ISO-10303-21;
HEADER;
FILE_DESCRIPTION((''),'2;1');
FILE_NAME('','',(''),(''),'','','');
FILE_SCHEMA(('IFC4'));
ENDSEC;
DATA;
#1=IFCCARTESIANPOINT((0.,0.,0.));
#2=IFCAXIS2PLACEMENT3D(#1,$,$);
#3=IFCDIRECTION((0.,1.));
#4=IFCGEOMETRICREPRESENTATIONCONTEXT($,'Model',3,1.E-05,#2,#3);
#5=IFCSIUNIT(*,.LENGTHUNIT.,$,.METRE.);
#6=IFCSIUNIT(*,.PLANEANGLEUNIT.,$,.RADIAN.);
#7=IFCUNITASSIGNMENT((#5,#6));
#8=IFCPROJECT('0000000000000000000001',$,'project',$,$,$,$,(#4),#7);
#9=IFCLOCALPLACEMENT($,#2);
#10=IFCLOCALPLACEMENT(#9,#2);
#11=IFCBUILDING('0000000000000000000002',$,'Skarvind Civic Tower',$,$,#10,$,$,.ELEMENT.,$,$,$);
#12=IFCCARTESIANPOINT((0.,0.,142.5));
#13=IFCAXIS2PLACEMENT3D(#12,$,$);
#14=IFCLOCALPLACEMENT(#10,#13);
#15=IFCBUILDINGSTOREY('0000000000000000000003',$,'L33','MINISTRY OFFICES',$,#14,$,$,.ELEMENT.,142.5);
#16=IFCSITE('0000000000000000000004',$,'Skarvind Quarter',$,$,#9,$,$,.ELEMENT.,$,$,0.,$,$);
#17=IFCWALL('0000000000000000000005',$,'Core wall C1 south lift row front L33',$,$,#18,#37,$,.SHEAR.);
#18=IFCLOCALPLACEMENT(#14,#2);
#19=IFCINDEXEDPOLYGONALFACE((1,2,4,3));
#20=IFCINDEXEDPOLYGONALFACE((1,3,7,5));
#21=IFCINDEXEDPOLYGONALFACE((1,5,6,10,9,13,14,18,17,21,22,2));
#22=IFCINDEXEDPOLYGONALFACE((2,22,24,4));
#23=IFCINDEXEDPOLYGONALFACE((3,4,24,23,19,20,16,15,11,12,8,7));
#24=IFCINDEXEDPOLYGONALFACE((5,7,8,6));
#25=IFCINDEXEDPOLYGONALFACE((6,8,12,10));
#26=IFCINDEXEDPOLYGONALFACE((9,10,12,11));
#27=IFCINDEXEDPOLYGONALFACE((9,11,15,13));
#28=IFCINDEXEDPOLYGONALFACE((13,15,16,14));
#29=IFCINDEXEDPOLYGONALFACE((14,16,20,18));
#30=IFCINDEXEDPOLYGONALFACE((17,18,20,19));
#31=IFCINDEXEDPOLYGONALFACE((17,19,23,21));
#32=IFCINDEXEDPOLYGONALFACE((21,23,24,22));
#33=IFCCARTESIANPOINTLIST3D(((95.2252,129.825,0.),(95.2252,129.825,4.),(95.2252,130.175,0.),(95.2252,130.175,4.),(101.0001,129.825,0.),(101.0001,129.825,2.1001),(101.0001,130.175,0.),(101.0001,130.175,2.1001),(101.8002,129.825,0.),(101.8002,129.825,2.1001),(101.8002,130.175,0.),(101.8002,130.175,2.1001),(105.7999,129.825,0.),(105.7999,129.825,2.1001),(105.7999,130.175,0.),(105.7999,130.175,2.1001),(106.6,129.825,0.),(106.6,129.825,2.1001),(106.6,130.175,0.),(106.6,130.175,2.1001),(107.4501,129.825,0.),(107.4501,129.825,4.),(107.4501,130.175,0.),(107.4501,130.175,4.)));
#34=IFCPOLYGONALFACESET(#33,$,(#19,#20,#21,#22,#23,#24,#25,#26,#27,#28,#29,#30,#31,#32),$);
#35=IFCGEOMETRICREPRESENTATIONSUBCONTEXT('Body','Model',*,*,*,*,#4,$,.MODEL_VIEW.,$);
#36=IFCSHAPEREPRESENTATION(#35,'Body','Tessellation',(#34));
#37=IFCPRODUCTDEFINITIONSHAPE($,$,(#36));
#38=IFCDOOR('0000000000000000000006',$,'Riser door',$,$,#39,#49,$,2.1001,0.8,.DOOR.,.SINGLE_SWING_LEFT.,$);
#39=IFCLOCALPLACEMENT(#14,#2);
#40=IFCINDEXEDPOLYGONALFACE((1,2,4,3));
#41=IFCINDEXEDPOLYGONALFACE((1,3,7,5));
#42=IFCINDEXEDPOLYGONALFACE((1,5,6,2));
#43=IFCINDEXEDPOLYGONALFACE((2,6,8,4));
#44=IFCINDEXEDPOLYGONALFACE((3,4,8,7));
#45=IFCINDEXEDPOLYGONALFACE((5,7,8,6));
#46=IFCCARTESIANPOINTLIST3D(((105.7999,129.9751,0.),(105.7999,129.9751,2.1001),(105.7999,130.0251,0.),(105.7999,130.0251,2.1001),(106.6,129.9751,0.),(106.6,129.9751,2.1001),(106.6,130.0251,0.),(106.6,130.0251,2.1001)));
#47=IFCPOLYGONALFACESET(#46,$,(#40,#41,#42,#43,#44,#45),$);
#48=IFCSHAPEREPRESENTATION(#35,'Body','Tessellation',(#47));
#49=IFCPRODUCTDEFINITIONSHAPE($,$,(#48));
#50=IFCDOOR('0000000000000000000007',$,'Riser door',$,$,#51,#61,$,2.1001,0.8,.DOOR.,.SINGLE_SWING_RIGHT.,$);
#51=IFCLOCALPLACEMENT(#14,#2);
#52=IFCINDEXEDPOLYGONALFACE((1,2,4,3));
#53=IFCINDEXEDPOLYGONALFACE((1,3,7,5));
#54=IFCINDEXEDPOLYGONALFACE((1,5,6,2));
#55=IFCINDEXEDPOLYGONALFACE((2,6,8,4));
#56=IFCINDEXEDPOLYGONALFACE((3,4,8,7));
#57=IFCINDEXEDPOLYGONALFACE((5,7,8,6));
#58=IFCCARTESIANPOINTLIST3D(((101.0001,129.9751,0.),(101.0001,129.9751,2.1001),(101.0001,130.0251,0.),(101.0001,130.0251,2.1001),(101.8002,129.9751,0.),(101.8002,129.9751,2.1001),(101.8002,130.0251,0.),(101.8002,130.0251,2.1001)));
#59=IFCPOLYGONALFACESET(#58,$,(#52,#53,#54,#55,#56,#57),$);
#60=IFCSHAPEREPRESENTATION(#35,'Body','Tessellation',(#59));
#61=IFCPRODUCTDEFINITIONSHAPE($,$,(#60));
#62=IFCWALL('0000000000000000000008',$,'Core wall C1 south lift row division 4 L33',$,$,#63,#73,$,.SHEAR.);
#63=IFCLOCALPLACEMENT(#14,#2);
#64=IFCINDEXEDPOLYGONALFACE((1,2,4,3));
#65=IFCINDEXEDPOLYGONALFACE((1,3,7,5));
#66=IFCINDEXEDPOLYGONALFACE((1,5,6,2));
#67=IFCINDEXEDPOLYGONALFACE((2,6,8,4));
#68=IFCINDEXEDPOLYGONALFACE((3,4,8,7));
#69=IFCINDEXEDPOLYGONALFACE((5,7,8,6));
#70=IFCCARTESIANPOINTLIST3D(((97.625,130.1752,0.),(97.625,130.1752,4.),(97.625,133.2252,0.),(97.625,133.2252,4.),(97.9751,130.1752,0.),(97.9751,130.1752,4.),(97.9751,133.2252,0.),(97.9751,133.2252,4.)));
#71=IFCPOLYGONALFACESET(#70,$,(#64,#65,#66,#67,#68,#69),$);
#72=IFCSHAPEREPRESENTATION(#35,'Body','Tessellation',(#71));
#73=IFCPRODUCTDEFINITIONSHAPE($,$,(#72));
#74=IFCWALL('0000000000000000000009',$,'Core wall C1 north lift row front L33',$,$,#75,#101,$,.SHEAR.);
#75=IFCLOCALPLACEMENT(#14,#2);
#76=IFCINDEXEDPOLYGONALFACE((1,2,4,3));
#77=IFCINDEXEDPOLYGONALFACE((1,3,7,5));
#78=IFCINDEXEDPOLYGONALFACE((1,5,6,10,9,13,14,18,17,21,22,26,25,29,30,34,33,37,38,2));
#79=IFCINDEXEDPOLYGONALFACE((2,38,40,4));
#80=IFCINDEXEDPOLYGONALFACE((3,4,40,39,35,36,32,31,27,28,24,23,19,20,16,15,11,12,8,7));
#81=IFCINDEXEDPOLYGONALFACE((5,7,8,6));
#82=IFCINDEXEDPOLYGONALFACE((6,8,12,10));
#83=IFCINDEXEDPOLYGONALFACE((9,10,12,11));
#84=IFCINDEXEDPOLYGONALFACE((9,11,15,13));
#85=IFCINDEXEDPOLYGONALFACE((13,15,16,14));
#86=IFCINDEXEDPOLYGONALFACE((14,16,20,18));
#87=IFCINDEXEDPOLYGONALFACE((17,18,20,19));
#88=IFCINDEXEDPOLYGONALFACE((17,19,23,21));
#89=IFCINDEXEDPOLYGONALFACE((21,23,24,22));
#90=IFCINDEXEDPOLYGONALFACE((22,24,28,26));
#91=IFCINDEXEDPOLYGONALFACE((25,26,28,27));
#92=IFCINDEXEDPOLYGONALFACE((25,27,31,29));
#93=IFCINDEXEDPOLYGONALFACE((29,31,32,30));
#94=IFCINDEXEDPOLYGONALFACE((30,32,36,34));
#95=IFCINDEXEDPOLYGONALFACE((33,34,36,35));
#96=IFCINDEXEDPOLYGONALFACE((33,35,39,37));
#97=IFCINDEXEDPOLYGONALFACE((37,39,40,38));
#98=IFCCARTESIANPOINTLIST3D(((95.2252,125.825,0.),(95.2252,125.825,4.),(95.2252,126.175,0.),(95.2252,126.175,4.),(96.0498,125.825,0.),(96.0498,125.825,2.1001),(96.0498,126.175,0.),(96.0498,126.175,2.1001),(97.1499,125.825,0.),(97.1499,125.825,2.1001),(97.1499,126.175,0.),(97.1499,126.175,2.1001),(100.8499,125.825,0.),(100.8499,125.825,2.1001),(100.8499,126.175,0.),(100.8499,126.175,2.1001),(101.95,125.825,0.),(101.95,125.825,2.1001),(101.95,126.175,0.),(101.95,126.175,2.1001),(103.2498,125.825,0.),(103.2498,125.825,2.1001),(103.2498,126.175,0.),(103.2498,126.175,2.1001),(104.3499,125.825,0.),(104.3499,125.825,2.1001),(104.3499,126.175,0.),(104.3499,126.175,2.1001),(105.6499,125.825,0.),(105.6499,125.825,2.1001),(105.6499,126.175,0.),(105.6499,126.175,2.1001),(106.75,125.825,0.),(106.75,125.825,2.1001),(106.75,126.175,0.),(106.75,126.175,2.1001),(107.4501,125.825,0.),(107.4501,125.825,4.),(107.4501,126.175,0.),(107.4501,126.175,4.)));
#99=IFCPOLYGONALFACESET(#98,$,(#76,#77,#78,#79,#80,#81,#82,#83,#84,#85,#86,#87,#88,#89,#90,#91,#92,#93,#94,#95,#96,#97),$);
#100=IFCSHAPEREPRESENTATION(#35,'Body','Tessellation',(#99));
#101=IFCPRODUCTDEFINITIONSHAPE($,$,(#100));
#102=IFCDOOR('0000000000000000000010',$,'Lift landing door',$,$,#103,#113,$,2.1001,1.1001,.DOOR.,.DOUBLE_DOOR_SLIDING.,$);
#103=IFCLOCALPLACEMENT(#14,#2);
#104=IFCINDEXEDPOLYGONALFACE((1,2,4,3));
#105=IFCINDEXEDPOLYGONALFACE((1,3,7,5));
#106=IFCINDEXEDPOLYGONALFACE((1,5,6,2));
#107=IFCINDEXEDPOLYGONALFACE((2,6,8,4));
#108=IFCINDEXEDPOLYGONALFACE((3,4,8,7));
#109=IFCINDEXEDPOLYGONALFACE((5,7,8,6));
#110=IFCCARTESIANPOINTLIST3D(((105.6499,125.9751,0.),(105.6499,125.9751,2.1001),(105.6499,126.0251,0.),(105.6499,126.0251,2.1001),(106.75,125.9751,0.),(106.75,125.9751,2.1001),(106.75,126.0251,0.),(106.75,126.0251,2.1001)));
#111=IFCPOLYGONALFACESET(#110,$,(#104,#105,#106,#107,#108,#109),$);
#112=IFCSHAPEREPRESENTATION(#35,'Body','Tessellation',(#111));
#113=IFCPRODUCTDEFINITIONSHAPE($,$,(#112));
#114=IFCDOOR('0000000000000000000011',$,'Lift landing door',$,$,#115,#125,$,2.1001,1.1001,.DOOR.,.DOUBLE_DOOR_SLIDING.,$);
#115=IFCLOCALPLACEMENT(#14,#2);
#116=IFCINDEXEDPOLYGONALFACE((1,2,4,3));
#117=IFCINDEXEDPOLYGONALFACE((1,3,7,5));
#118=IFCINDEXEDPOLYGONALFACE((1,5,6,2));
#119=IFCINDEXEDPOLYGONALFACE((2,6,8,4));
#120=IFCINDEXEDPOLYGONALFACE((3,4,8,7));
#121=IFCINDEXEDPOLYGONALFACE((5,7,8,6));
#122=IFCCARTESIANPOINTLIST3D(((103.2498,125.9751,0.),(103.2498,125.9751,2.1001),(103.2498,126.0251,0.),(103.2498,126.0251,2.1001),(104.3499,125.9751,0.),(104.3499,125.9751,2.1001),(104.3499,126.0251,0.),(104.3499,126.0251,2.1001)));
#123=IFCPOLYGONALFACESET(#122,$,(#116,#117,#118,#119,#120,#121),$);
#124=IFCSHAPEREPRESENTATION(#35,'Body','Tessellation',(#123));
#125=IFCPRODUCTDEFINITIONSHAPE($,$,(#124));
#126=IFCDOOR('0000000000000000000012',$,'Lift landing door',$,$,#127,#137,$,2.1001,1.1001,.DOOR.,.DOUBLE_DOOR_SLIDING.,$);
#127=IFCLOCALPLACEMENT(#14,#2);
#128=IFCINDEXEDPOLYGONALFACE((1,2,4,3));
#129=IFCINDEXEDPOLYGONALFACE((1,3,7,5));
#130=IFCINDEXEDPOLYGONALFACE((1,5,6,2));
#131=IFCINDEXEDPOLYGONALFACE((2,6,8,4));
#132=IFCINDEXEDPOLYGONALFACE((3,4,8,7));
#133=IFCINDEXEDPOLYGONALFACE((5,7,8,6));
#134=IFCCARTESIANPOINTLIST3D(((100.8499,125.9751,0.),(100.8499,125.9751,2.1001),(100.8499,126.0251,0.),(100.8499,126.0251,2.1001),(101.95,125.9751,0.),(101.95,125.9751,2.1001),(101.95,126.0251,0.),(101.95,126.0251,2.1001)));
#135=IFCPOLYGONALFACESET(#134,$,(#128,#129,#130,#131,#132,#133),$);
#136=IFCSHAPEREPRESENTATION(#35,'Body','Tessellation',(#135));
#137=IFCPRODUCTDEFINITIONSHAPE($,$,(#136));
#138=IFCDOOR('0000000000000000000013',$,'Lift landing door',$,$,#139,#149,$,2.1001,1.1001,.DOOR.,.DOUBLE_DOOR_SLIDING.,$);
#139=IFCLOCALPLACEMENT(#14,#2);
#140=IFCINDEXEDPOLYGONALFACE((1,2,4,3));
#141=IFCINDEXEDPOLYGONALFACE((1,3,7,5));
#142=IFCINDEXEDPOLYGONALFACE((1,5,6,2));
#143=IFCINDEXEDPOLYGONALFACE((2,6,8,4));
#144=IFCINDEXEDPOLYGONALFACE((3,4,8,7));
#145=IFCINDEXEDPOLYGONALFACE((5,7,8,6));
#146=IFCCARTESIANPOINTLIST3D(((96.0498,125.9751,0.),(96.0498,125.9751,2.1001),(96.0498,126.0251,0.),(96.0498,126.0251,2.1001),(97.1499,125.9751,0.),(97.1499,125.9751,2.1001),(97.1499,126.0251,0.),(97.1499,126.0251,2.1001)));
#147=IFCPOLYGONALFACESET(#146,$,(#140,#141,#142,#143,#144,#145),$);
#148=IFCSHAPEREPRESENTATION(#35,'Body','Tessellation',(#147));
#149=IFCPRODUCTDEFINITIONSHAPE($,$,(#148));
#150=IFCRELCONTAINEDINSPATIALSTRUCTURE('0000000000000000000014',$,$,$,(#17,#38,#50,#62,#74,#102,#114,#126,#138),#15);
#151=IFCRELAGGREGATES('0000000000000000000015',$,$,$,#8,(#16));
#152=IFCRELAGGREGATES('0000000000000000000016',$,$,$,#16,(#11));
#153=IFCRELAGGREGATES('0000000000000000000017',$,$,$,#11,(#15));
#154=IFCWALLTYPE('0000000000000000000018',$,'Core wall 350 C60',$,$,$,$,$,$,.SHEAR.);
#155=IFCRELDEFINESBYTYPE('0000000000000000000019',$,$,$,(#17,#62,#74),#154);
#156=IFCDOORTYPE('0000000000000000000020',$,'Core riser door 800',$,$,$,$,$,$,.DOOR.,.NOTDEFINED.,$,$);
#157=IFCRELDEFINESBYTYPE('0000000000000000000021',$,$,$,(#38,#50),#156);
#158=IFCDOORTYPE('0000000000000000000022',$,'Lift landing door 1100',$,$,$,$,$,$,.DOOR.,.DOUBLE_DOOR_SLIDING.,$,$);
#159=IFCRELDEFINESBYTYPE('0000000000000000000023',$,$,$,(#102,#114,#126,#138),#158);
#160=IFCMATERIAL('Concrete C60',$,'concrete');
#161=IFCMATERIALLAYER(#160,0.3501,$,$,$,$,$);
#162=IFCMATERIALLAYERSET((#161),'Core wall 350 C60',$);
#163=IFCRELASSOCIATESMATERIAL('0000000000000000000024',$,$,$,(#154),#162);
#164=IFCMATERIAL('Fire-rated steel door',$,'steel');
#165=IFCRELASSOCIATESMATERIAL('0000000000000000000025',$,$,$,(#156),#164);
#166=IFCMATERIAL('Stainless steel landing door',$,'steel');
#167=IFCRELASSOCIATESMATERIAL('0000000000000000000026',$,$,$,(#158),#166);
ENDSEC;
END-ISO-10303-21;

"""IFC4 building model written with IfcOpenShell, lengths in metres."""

from ifc_helpers import new_model, si_unit, direction, frame, frame_2d, origin, place, context, subcontext, project, spatial, rectangle, extrude, material, layer, layer_set, type_object, element, fill, save


model = new_model("IFC4")

# Units and contexts
model_context = context("Model", 3, precision=1e-05, world=origin(), true_north=direction((0.0, 1.0)))
body_context = subcontext(model_context, "Body", "Model", "MODEL_VIEW")
ifc_project = project(units=[si_unit("LENGTHUNIT", "METRE"), si_unit("PLANEANGLEUNIT", "RADIAN")], contexts=[model_context])

# Site, building, storey
site_placement = place(None, origin())
site = spatial("IfcSite", under=ifc_project, at=site_placement, Name="Skarvind Quarter", CompositionType="ELEMENT", RefElevation=0.0)
building_placement = place(site_placement, origin())
building = spatial("IfcBuilding", under=site, at=building_placement, Name="Skarvind Civic Tower", CompositionType="ELEMENT")
storey_placement = place(building_placement, frame((0.0, 0.0, 142.5)))
storey = spatial("IfcBuildingStorey", under=building, at=storey_placement, Name="L33", Description="MINISTRY OFFICES", CompositionType="ELEMENT", Elevation=142.5)

# Wall, openings, doors
ifc_material_1 = material(Name="Concrete C60", Category="concrete")
ifc_layer_1 = layer(ifc_material_1, 0.3501)
ifc_layer_set_1 = layer_set([ifc_layer_1], Name="Core wall 350 C60")
wall_type_1 = type_object("IfcWallType", Name="Core wall 350 C60", PredefinedType="SHEAR", material=ifc_layer_set_1)
wall_1_placement = place(storey_placement, frame((107.45, 130.0, 0.0), z_axis=(0.0, 0.0, 1.0), x_axis=(-1.0, 0.0, 0.0)))
wall_1 = element("IfcWall", 1, at=wall_1_placement, inside=storey, type_object=wall_type_1, Name="Core wall C1 south lift row front L33", PredefinedType="SHEAR", context=body_context, shape_type="SweptSolid", body=[
    extrude(rectangle(XDim=12.2249, YDim=0.3501, at=frame_2d((6.1123, 0.0))), origin(), (0.0, 0.0, 1.0), 4.0),
])
opening_1_placement = place(wall_1_placement, frame((0.8501, 0.0, 0.0)))
opening_1 = element("IfcOpeningElement", 2, at=opening_1_placement, cuts=wall_1, PredefinedType="OPENING", context=body_context, shape_type="SweptSolid", body=[
    extrude(rectangle(XDim=0.8, YDim=2.1001, at=frame_2d((0.3999, 1.05))), frame((0.0, 0.1851, 0.0), z_axis=(0.0, -1.0, 0.0), x_axis=(1.0, 0.0, 0.0)), (0.0, 0.0, 1.0), 0.3701),
])
opening_2_placement = place(wall_1_placement, frame((5.6499, 0.0, 0.0)))
opening_2 = element("IfcOpeningElement", 3, at=opening_2_placement, cuts=wall_1, PredefinedType="OPENING", context=body_context, shape_type="SweptSolid", body=[
    extrude(rectangle(XDim=0.8, YDim=2.1001, at=frame_2d((0.3999, 1.05))), frame((0.0, 0.1851, 0.0), z_axis=(0.0, -1.0, 0.0), x_axis=(1.0, 0.0, 0.0)), (0.0, 0.0, 1.0), 0.3701),
])
ifc_material_2 = material(Name="Fire-rated steel door", Category="steel")
door_type_1 = type_object("IfcDoorType", Name="Core riser door 800", OperationType="NOTDEFINED", PredefinedType="DOOR", material=ifc_material_2)
door_1_placement = place(opening_1_placement, origin())
door_1 = element("IfcDoor", 4, at=door_1_placement, inside=storey, type_object=door_type_1, Name="Riser door", OperationType="SINGLE_SWING_LEFT", OverallHeight=2.1001, OverallWidth=0.8, PredefinedType="DOOR", context=body_context, shape_type="SweptSolid", body=[
    extrude(rectangle(XDim=0.8, YDim=2.1001, at=frame_2d((0.3999, 1.05))), frame((0.0, 0.0249, 0.0), z_axis=(0.0, -1.0, 0.0), x_axis=(1.0, 0.0, 0.0)), (0.0, 0.0, 1.0), 0.05),
])
fill(opening_1, door_1)
door_2_placement = place(opening_2_placement, origin())
door_2 = element("IfcDoor", 5, at=door_2_placement, inside=storey, type_object=door_type_1, Name="Riser door", OperationType="SINGLE_SWING_RIGHT", OverallHeight=2.1001, OverallWidth=0.8, PredefinedType="DOOR", context=body_context, shape_type="SweptSolid", body=[
    extrude(rectangle(XDim=0.8, YDim=2.1001, at=frame_2d((0.3999, 1.05))), frame((0.0, 0.0249, 0.0), z_axis=(0.0, -1.0, 0.0), x_axis=(1.0, 0.0, 0.0)), (0.0, 0.0, 1.0), 0.05),
])
fill(opening_2, door_2)

# Wall
wall_2_placement = place(storey_placement, frame((97.8, 133.2251, 0.0), z_axis=(0.0, 0.0, 1.0), x_axis=(0.0, -1.0, 0.0)))
element("IfcWall", 6, at=wall_2_placement, inside=storey, type_object=wall_type_1, Name="Core wall C1 south lift row division 4 L33", PredefinedType="SHEAR", context=body_context, shape_type="SweptSolid", body=[
    extrude(rectangle(XDim=3.05, YDim=0.3501, at=frame_2d((1.5249, 0.0))), origin(), (0.0, 0.0, 1.0), 4.0),
])

# Wall, openings, doors
wall_3_placement = place(storey_placement, frame((107.45, 126.0, 0.0), z_axis=(0.0, 0.0, 1.0), x_axis=(-1.0, 0.0, 0.0)))
wall_3 = element("IfcWall", 7, at=wall_3_placement, inside=storey, type_object=wall_type_1, Name="Core wall C1 north lift row front L33", PredefinedType="SHEAR", context=body_context, shape_type="SweptSolid", body=[
    extrude(rectangle(XDim=12.2249, YDim=0.3501, at=frame_2d((6.1123, 0.0))), origin(), (0.0, 0.0, 1.0), 4.0),
])
opening_3_placement = place(wall_3_placement, frame((0.7, 0.0, 0.0)))
opening_3 = element("IfcOpeningElement", 8, at=opening_3_placement, cuts=wall_3, PredefinedType="OPENING", context=body_context, shape_type="SweptSolid", body=[
    extrude(rectangle(XDim=1.1001, YDim=2.1001, at=frame_2d((0.55, 1.05))), frame((0.0, 0.1851, 0.0), z_axis=(0.0, -1.0, 0.0), x_axis=(1.0, 0.0, 0.0)), (0.0, 0.0, 1.0), 0.3701),
])
opening_4_placement = place(wall_3_placement, frame((3.1001, 0.0, 0.0)))
opening_4 = element("IfcOpeningElement", 9, at=opening_4_placement, cuts=wall_3, PredefinedType="OPENING", context=body_context, shape_type="SweptSolid", body=[
    extrude(rectangle(XDim=1.1001, YDim=2.1001, at=frame_2d((0.55, 1.05))), frame((0.0, 0.1851, 0.0), z_axis=(0.0, -1.0, 0.0), x_axis=(1.0, 0.0, 0.0)), (0.0, 0.0, 1.0), 0.3701),
])
opening_5_placement = place(wall_3_placement, frame((5.5, 0.0, 0.0)))
opening_5 = element("IfcOpeningElement", 10, at=opening_5_placement, cuts=wall_3, PredefinedType="OPENING", context=body_context, shape_type="SweptSolid", body=[
    extrude(rectangle(XDim=1.1001, YDim=2.1001, at=frame_2d((0.55, 1.05))), frame((0.0, 0.1851, 0.0), z_axis=(0.0, -1.0, 0.0), x_axis=(1.0, 0.0, 0.0)), (0.0, 0.0, 1.0), 0.3701),
])
opening_6_placement = place(wall_3_placement, frame((10.3, 0.0, 0.0)))
opening_6 = element("IfcOpeningElement", 11, at=opening_6_placement, cuts=wall_3, PredefinedType="OPENING", context=body_context, shape_type="SweptSolid", body=[
    extrude(rectangle(XDim=1.1001, YDim=2.1001, at=frame_2d((0.55, 1.05))), frame((0.0, 0.1851, 0.0), z_axis=(0.0, -1.0, 0.0), x_axis=(1.0, 0.0, 0.0)), (0.0, 0.0, 1.0), 0.3701),
])
ifc_material_3 = material(Name="Stainless steel landing door", Category="steel")
door_type_2 = type_object("IfcDoorType", Name="Lift landing door 1100", OperationType="DOUBLE_DOOR_SLIDING", PredefinedType="DOOR", material=ifc_material_3)
door_3_placement = place(opening_3_placement, origin())
door_3 = element("IfcDoor", 12, at=door_3_placement, inside=storey, type_object=door_type_2, Name="Lift landing door", OperationType="DOUBLE_DOOR_SLIDING", OverallHeight=2.1001, OverallWidth=1.1001, PredefinedType="DOOR", context=body_context, shape_type="SweptSolid", body=[
    extrude(rectangle(XDim=1.1001, YDim=2.1001, at=frame_2d((0.55, 1.05))), frame((0.0, 0.0249, 0.0), z_axis=(0.0, -1.0, 0.0), x_axis=(1.0, 0.0, 0.0)), (0.0, 0.0, 1.0), 0.05),
])
fill(opening_3, door_3)
door_4_placement = place(opening_4_placement, origin())
door_4 = element("IfcDoor", 13, at=door_4_placement, inside=storey, type_object=door_type_2, Name="Lift landing door", OperationType="DOUBLE_DOOR_SLIDING", OverallHeight=2.1001, OverallWidth=1.1001, PredefinedType="DOOR", context=body_context, shape_type="SweptSolid", body=[
    extrude(rectangle(XDim=1.1001, YDim=2.1001, at=frame_2d((0.55, 1.05))), frame((0.0, 0.0249, 0.0), z_axis=(0.0, -1.0, 0.0), x_axis=(1.0, 0.0, 0.0)), (0.0, 0.0, 1.0), 0.05),
])
fill(opening_4, door_4)
door_5_placement = place(opening_5_placement, origin())
door_5 = element("IfcDoor", 14, at=door_5_placement, inside=storey, type_object=door_type_2, Name="Lift landing door", OperationType="DOUBLE_DOOR_SLIDING", OverallHeight=2.1001, OverallWidth=1.1001, PredefinedType="DOOR", context=body_context, shape_type="SweptSolid", body=[
    extrude(rectangle(XDim=1.1001, YDim=2.1001, at=frame_2d((0.55, 1.05))), frame((0.0, 0.0249, 0.0), z_axis=(0.0, -1.0, 0.0), x_axis=(1.0, 0.0, 0.0)), (0.0, 0.0, 1.0), 0.05),
])
fill(opening_5, door_5)
door_6_placement = place(opening_6_placement, origin())
door_6 = element("IfcDoor", 15, at=door_6_placement, inside=storey, type_object=door_type_2, Name="Lift landing door", OperationType="DOUBLE_DOOR_SLIDING", OverallHeight=2.1001, OverallWidth=1.1001, PredefinedType="DOOR", context=body_context, shape_type="SweptSolid", body=[
    extrude(rectangle(XDim=1.1001, YDim=2.1001, at=frame_2d((0.55, 1.05))), frame((0.0, 0.0249, 0.0), z_axis=(0.0, -1.0, 0.0), x_axis=(1.0, 0.0, 0.0)), (0.0, 0.0, 1.0), 0.05),
])
fill(opening_6, door_6)

save(model, "model.ifc")
